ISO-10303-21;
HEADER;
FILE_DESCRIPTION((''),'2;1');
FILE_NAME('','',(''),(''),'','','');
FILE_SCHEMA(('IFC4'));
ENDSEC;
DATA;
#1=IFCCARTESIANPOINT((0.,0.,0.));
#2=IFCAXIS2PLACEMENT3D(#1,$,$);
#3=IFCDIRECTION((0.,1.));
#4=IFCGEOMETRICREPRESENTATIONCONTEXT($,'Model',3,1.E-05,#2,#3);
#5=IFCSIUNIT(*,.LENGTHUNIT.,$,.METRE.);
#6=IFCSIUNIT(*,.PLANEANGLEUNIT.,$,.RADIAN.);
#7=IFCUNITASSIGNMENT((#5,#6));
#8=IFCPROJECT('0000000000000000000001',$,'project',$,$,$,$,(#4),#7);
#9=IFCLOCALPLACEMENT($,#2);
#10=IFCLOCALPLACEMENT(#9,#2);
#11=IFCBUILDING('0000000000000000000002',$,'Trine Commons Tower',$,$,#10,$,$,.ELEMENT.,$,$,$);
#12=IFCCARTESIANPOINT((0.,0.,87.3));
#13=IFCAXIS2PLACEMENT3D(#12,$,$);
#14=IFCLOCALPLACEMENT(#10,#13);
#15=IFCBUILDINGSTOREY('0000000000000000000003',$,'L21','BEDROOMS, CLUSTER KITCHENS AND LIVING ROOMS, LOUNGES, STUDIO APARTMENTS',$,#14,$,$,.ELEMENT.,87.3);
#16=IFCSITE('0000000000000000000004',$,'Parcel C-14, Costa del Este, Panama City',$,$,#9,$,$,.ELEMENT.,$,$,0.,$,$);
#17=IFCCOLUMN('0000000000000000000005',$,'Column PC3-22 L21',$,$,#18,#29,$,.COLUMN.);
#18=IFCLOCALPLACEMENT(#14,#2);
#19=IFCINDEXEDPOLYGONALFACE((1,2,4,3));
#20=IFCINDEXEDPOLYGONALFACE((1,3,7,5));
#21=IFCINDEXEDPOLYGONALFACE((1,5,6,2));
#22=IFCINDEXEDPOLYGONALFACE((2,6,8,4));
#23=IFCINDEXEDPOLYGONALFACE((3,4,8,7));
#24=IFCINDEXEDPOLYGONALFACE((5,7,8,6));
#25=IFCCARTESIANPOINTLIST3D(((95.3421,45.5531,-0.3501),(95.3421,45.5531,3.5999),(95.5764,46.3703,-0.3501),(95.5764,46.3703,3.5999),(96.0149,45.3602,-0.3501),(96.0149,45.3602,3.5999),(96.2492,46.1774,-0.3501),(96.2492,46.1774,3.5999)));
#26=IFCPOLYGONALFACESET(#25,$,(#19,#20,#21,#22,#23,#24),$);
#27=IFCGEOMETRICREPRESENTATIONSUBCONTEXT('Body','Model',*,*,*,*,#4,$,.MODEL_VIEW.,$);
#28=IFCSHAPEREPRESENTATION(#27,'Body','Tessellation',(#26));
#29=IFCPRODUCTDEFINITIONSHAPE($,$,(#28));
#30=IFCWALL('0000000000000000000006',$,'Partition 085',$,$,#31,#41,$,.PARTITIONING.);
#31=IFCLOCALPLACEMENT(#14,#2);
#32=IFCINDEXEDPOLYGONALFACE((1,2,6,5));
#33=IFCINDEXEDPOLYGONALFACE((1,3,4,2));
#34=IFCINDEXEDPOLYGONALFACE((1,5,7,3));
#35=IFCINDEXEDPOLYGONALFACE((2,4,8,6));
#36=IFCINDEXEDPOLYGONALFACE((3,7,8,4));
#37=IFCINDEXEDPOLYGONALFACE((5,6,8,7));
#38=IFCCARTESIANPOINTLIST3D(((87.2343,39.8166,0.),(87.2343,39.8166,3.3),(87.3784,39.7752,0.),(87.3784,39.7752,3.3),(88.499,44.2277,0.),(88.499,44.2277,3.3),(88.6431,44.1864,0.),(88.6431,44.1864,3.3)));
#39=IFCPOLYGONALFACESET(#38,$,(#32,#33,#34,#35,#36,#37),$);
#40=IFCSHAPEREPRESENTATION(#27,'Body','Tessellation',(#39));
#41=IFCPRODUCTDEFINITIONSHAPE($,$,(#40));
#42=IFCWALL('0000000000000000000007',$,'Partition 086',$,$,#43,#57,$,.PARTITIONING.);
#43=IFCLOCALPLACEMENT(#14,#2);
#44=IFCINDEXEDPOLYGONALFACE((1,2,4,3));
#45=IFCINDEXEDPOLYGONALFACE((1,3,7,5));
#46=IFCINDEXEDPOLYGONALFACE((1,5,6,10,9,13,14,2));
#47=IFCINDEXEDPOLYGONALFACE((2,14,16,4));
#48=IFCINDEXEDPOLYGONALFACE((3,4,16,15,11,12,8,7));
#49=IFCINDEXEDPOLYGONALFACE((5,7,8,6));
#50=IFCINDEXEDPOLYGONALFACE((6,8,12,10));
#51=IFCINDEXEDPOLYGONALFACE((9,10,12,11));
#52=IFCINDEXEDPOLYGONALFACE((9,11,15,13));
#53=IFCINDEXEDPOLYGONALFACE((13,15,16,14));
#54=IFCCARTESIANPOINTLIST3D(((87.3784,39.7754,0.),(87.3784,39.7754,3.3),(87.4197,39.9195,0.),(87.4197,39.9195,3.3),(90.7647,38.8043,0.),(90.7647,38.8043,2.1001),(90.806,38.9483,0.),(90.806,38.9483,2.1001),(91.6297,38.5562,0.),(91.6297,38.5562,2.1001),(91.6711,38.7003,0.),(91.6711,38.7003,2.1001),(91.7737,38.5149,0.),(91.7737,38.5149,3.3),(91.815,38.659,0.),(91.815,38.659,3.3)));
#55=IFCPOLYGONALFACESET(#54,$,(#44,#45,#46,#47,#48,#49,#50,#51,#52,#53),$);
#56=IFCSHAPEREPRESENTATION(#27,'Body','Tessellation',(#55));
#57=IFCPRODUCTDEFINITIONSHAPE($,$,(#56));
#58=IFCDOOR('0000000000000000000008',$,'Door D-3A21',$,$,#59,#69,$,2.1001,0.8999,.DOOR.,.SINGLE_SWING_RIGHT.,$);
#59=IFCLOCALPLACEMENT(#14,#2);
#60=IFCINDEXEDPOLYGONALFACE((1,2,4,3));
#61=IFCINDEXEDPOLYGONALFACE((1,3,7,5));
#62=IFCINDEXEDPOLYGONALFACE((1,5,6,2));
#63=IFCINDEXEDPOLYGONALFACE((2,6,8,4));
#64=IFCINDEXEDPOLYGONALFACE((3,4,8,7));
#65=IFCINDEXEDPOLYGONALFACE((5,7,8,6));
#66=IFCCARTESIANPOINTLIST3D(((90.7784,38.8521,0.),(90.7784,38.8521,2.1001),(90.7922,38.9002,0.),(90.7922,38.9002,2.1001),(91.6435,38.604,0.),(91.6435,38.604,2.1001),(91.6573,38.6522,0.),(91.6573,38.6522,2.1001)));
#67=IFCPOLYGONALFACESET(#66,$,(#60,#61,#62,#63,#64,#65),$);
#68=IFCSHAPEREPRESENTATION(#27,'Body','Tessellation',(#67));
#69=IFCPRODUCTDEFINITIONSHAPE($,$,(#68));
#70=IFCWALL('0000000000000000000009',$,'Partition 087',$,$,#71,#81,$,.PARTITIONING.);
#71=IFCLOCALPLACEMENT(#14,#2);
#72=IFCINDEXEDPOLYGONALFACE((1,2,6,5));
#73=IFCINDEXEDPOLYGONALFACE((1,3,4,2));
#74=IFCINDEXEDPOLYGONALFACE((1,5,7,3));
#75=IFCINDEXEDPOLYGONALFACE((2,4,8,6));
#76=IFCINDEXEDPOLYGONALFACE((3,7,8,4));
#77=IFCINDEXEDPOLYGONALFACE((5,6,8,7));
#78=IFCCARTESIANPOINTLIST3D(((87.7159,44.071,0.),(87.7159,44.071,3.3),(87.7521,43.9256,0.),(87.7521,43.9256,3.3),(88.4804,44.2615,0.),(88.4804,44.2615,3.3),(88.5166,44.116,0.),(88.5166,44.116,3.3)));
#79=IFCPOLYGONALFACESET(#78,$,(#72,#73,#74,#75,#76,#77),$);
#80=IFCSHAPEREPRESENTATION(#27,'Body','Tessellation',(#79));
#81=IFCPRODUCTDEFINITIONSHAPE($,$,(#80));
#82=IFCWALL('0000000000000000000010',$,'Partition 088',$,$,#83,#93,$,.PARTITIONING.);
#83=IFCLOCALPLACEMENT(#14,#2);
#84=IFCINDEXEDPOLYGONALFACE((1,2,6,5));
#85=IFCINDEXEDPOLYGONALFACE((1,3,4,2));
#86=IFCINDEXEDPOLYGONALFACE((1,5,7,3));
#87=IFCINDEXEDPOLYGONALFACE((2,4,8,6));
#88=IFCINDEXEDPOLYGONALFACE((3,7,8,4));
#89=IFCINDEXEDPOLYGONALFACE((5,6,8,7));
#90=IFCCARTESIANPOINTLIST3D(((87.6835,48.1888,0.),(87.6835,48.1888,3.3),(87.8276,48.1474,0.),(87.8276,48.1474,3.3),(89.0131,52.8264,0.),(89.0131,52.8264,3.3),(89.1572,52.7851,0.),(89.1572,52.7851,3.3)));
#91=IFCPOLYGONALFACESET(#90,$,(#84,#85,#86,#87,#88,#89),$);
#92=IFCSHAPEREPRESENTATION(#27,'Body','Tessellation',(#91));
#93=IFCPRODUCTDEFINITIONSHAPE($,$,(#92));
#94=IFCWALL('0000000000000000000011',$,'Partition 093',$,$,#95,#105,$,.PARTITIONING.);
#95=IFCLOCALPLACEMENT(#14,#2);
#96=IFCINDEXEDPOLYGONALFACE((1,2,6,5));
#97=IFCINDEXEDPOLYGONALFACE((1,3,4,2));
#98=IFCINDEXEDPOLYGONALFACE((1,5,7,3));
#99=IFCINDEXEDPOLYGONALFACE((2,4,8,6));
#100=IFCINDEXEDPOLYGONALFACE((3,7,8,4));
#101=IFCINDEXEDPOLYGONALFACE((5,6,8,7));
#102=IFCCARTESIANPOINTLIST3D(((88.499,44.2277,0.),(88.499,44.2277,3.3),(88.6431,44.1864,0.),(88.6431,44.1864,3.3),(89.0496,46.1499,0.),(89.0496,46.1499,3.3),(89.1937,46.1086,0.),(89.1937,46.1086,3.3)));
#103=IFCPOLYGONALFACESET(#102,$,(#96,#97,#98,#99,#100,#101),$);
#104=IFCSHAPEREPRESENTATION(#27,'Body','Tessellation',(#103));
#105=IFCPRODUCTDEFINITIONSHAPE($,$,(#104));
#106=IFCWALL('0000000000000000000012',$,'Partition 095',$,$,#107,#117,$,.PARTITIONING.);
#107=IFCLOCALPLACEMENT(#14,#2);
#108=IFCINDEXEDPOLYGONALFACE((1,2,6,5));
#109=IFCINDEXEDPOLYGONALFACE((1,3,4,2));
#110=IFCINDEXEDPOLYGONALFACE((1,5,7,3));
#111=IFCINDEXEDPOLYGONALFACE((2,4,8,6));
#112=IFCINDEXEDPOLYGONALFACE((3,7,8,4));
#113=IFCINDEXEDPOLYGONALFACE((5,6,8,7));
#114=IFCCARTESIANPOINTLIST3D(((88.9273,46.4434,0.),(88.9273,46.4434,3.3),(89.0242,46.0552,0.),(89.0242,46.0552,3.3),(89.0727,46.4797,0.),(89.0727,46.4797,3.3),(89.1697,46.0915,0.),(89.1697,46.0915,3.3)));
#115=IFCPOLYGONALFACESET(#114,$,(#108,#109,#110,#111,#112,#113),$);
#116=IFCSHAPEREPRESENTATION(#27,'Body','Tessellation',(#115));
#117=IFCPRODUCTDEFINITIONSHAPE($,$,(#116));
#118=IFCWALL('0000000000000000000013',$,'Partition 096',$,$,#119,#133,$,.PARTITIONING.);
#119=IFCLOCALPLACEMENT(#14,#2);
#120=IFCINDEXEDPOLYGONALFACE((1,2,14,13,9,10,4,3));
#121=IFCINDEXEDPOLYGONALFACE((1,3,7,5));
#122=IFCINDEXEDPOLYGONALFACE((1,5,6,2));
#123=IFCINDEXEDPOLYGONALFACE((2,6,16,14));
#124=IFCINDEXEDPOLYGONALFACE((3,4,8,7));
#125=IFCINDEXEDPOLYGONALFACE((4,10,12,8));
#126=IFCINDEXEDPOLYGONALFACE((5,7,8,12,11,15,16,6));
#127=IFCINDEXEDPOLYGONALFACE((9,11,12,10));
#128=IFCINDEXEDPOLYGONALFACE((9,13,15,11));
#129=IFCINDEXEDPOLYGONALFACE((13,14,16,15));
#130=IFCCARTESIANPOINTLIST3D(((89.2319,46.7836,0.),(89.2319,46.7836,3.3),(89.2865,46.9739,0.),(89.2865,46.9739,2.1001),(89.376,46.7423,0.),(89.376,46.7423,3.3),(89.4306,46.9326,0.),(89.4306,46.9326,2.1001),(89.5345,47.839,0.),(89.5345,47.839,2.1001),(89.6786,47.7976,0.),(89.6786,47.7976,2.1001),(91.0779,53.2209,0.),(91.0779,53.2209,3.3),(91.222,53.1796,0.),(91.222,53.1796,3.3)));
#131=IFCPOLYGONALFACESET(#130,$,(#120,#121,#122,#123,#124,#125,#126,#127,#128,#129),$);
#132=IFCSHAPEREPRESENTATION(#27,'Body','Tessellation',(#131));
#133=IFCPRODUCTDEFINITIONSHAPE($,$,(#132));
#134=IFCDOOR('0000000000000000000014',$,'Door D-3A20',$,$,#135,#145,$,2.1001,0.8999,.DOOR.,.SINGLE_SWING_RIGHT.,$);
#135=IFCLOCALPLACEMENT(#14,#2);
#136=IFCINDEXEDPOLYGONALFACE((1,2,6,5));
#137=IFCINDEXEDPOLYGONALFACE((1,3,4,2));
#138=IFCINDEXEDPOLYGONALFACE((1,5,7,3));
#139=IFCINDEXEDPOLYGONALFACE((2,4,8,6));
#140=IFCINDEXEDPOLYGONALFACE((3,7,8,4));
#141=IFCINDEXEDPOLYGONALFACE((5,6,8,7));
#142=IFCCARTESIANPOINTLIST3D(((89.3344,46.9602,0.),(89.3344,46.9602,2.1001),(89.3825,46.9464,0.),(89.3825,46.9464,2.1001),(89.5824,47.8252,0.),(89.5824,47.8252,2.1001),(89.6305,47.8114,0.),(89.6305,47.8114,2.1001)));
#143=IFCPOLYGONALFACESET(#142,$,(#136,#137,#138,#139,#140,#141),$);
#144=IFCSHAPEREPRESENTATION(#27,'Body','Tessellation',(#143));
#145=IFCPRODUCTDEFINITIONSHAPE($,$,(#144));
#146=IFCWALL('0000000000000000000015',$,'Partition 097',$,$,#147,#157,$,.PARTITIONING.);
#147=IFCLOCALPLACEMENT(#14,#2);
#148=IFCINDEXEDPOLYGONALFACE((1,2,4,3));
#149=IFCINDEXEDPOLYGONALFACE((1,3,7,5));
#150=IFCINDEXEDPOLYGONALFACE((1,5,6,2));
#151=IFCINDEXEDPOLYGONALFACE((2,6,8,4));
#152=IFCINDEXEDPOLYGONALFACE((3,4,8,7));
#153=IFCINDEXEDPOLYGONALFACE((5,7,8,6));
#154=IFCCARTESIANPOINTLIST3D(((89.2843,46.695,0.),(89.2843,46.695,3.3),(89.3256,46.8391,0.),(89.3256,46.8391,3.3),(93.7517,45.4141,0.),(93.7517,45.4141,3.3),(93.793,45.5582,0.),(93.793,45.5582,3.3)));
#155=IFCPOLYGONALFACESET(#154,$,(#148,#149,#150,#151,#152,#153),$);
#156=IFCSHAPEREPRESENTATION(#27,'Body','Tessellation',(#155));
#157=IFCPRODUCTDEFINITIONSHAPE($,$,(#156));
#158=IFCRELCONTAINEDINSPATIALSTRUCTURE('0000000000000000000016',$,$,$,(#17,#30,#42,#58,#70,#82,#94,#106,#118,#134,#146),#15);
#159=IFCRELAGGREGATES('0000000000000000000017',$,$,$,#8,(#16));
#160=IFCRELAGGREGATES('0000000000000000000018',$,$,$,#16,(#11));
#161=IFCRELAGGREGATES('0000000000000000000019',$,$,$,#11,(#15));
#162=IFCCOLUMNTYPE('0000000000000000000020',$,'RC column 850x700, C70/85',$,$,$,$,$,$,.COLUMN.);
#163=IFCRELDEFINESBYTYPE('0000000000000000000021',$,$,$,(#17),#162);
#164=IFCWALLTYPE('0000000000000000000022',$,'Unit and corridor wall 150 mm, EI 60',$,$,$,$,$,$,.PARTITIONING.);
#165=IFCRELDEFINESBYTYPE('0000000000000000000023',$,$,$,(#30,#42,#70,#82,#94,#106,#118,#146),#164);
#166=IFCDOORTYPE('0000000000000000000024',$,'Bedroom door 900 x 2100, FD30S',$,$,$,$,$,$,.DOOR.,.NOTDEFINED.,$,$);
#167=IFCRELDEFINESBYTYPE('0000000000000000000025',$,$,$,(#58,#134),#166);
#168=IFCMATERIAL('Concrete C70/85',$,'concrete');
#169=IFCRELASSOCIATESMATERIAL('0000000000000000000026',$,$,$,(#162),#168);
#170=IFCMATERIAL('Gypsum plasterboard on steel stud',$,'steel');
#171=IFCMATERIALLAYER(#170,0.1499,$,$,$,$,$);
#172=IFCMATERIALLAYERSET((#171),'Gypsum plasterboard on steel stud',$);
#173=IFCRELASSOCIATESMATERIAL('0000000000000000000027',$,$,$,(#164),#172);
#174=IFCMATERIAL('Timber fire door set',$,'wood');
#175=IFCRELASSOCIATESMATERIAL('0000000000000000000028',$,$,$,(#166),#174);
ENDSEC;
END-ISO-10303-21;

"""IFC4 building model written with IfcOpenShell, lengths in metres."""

from ifc_helpers import new_model, si_unit, direction, frame, frame_2d, origin, origin_2d, place, context, subcontext, project, spatial, rectangle, extrude, material, layer, layer_set, material_profile, profile_set, type_object, element, fill, save


model = new_model("IFC4")

# Units and contexts
model_context = context("Model", 3, precision=1e-05, world=origin(), true_north=direction((0.0, 1.0)))
body_context = subcontext(model_context, "Body", "Model", "MODEL_VIEW")
ifc_project = project(units=[si_unit("LENGTHUNIT", "METRE"), si_unit("PLANEANGLEUNIT", "RADIAN")], contexts=[model_context])

# Site, building, storey
site_placement = place(None, origin())
site = spatial("IfcSite", under=ifc_project, at=site_placement, Name="Parcel C-14, Costa del Este, Panama City", CompositionType="ELEMENT", RefElevation=0.0)
building_placement = place(site_placement, origin())
building = spatial("IfcBuilding", under=site, at=building_placement, Name="Trine Commons Tower", CompositionType="ELEMENT")
storey_placement = place(building_placement, frame((0.0, 0.0, 87.3)))
storey = spatial("IfcBuildingStorey", under=building, at=storey_placement, Name="L21", Description="BEDROOMS, CLUSTER KITCHENS AND LIVING ROOMS, LOUNGES, STUDIO APARTMENTS", CompositionType="ELEMENT", Elevation=87.3)

# Column
ifc_material_1 = material(Name="Concrete C70/85", Category="concrete")
ifc_material_profile = material_profile(ifc_material_1, rectangle(XDim=0.8501, YDim=0.7, at=origin_2d()), Name="RC 850x700")
ifc_profile_set = profile_set([ifc_material_profile], Name="Concrete C70/85")
column_type = type_object("IfcColumnType", Name="RC column 850x700, C70/85", PredefinedType="COLUMN", material=ifc_profile_set)
column_placement = place(storey_placement, frame((95.7957, 45.8652, -0.3501), z_axis=(0.0, 0.0, 1.0), x_axis=(0.275637, 0.961262, 0.0)))
element("IfcColumn", 1, at=column_placement, inside=storey, type_object=column_type, Name="Column PC3-22 L21", PredefinedType="COLUMN", context=body_context, shape_type="SweptSolid", body=[
    extrude(rectangle(XDim=0.8501, YDim=0.7, at=origin_2d()), origin(), (0.0, 0.0, 1.0), 3.95),
])

# Wall
ifc_material_2 = material(Name="Gypsum plasterboard on steel stud", Category="steel")
ifc_layer_1 = layer(ifc_material_2, 0.1499)
ifc_layer_set_1 = layer_set([ifc_layer_1], Name="Gypsum plasterboard on steel stud")
wall_type_1 = type_object("IfcWallType", Name="Unit and corridor wall 150 mm, EI 60", PredefinedType="PARTITIONING", material=ifc_layer_set_1)
wall_1_placement = place(storey_placement, frame((87.3064, 39.7959, 0.0), z_axis=(0.0, 0.0, 1.0), x_axis=(0.275592, 0.961275, 0.0)))
element("IfcWall", 2, at=wall_1_placement, inside=storey, type_object=wall_type_1, Name="Partition 085", PredefinedType="PARTITIONING", context=body_context, shape_type="SweptSolid", body=[
    extrude(rectangle(XDim=4.5889, YDim=0.1499, at=frame_2d((2.2944, 0.0))), origin(), (0.0, 0.0, 1.0), 3.3),
])

# Wall, opening, door
wall_2_placement = place(storey_placement, frame((87.3992, 39.8474, 0.0), z_axis=(0.0, 0.0, 1.0), x_axis=(0.961251, -0.275673, 0.0)))
wall_2 = element("IfcWall", 3, at=wall_2_placement, inside=storey, type_object=wall_type_1, Name="Partition 086", PredefinedType="PARTITIONING", context=body_context, shape_type="SweptSolid", body=[
    extrude(rectangle(XDim=4.5725, YDim=0.1499, at=frame_2d((2.2861, 0.0))), origin(), (0.0, 0.0, 1.0), 3.3),
])
opening_1_placement = place(wall_2_placement, frame((3.5227, 0.0, 0.0)))
opening_1 = element("IfcOpeningElement", 4, at=opening_1_placement, cuts=wall_2, PredefinedType="OPENING", context=body_context, shape_type="SweptSolid", body=[
    extrude(rectangle(XDim=0.8999, YDim=2.1001, at=frame_2d((0.45, 1.05))), frame((0.0, 0.085, 0.0), z_axis=(0.0, -1.0, 0.0), x_axis=(1.0, 0.0, 0.0)), (0.0, 0.0, 1.0), 0.1699),
])
ifc_material_3 = material(Name="Timber fire door set", Category="wood")
door_type_1 = type_object("IfcDoorType", Name="Bedroom door 900 x 2100, FD30S", OperationType="NOTDEFINED", PredefinedType="DOOR", material=ifc_material_3)
door_1_placement = place(opening_1_placement, origin())
door_1 = element("IfcDoor", 5, at=door_1_placement, inside=storey, type_object=door_type_1, Name="Door D-3A21", OperationType="SINGLE_SWING_RIGHT", OverallHeight=2.1001, OverallWidth=0.8999, PredefinedType="DOOR", context=body_context, shape_type="SweptSolid", body=[
    extrude(rectangle(XDim=0.8999, YDim=2.1001, at=frame_2d((0.45, 1.05))), frame((0.0, 0.0249, 0.0), z_axis=(0.0, -1.0, 0.0), x_axis=(1.0, 0.0, 0.0)), (0.0, 0.0, 1.0), 0.05),
])
fill(opening_1, door_1)

# Walls
wall_3_placement = place(storey_placement, frame((87.7339, 43.9983, 0.0), z_axis=(0.0, 0.0, 1.0), x_axis=(0.970343, 0.241733, 0.0)))
element("IfcWall", 6, at=wall_3_placement, inside=storey, type_object=wall_type_1, Name="Partition 087", PredefinedType="PARTITIONING", context=body_context, shape_type="SweptSolid", body=[
    extrude(rectangle(XDim=0.7878, YDim=0.1499, at=frame_2d((0.394, 0.0))), origin(), (0.0, 0.0, 1.0), 3.3),
])
wall_4_placement = place(storey_placement, frame((87.7556, 48.1682, 0.0), z_axis=(0.0, 0.0, 1.0), x_axis=(0.27559, 0.961275, 0.0)))
element("IfcWall", 7, at=wall_4_placement, inside=storey, type_object=wall_type_1, Name="Partition 088", PredefinedType="PARTITIONING", context=body_context, shape_type="SweptSolid", body=[
    extrude(rectangle(XDim=4.8245, YDim=0.1499, at=frame_2d((2.4121, 0.0))), origin(), (0.0, 0.0, 1.0), 3.3),
])
wall_5_placement = place(storey_placement, frame((88.571, 44.207, 0.0), z_axis=(0.0, 0.0, 1.0), x_axis=(0.27535, 0.961344, 0.0)))
element("IfcWall", 8, at=wall_5_placement, inside=storey, type_object=wall_type_1, Name="Partition 093", PredefinedType="PARTITIONING", context=body_context, shape_type="SweptSolid", body=[
    extrude(rectangle(XDim=1.9995, YDim=0.1499, at=frame_2d((0.9998, 0.0))), origin(), (0.0, 0.0, 1.0), 3.3),
])
wall_6_placement = place(storey_placement, frame((89.0, 46.4617, 0.0), z_axis=(0.0, 0.0, 1.0), x_axis=(0.242248, -0.970214, 0.0)))
element("IfcWall", 9, at=wall_6_placement, inside=storey, type_object=wall_type_1, Name="Partition 095", PredefinedType="PARTITIONING", context=body_context, shape_type="SweptSolid", body=[
    extrude(rectangle(XDim=0.4001, YDim=0.1499, at=frame_2d((0.2002, 0.0))), origin(), (0.0, 0.0, 1.0), 3.3),
])

# Wall, opening, door
wall_7_placement = place(storey_placement, frame((89.304, 46.7629, 0.0), z_axis=(0.0, 0.0, 1.0), x_axis=(0.27565, 0.961258, 0.0)))
wall_7 = element("IfcWall", 10, at=wall_7_placement, inside=storey, type_object=wall_type_1, Name="Partition 096", PredefinedType="PARTITIONING", context=body_context, shape_type="SweptSolid", body=[
    extrude(rectangle(XDim=6.6968, YDim=0.1499, at=frame_2d((3.3484, 0.0))), origin(), (0.0, 0.0, 1.0), 3.3),
])
opening_2_placement = place(wall_7_placement, frame((0.198, 0.0, 0.0)))
opening_2 = element("IfcOpeningElement", 11, at=opening_2_placement, cuts=wall_7, PredefinedType="OPENING", context=body_context, shape_type="SweptSolid", body=[
    extrude(rectangle(XDim=0.8999, YDim=2.1001, at=frame_2d((0.45, 1.05))), frame((0.0, 0.085, 0.0), z_axis=(0.0, -1.0, 0.0), x_axis=(1.0, 0.0, 0.0)), (0.0, 0.0, 1.0), 0.1699),
])
door_2_placement = place(opening_2_placement, frame((0.8999, 0.0, 0.0), z_axis=(0.0, 0.0, 1.0), x_axis=(-1.0, 0.0, 0.0)))
door_2 = element("IfcDoor", 12, at=door_2_placement, inside=storey, type_object=door_type_1, Name="Door D-3A20", OperationType="SINGLE_SWING_RIGHT", OverallHeight=2.1001, OverallWidth=0.8999, PredefinedType="DOOR", context=body_context, shape_type="SweptSolid", body=[
    extrude(rectangle(XDim=0.8999, YDim=2.1001, at=frame_2d((0.45, 1.05))), frame((0.0, 0.0249, 0.0), z_axis=(0.0, -1.0, 0.0), x_axis=(1.0, 0.0, 0.0)), (0.0, 0.0, 1.0), 0.05),
])
fill(opening_2, door_2)

# Wall
wall_8_placement = place(storey_placement, frame((89.3049, 46.7671, 0.0), z_axis=(0.0, 0.0, 1.0), x_axis=(0.961264, -0.27563, 0.0)))
element("IfcWall", 13, at=wall_8_placement, inside=storey, type_object=wall_type_1, Name="Partition 097", PredefinedType="PARTITIONING", context=body_context, shape_type="SweptSolid", body=[
    extrude(rectangle(XDim=4.6475, YDim=0.1499, at=frame_2d((2.3237, 0.0))), origin(), (0.0, 0.0, 1.0), 3.3),
])

save(model, "model.ifc")
